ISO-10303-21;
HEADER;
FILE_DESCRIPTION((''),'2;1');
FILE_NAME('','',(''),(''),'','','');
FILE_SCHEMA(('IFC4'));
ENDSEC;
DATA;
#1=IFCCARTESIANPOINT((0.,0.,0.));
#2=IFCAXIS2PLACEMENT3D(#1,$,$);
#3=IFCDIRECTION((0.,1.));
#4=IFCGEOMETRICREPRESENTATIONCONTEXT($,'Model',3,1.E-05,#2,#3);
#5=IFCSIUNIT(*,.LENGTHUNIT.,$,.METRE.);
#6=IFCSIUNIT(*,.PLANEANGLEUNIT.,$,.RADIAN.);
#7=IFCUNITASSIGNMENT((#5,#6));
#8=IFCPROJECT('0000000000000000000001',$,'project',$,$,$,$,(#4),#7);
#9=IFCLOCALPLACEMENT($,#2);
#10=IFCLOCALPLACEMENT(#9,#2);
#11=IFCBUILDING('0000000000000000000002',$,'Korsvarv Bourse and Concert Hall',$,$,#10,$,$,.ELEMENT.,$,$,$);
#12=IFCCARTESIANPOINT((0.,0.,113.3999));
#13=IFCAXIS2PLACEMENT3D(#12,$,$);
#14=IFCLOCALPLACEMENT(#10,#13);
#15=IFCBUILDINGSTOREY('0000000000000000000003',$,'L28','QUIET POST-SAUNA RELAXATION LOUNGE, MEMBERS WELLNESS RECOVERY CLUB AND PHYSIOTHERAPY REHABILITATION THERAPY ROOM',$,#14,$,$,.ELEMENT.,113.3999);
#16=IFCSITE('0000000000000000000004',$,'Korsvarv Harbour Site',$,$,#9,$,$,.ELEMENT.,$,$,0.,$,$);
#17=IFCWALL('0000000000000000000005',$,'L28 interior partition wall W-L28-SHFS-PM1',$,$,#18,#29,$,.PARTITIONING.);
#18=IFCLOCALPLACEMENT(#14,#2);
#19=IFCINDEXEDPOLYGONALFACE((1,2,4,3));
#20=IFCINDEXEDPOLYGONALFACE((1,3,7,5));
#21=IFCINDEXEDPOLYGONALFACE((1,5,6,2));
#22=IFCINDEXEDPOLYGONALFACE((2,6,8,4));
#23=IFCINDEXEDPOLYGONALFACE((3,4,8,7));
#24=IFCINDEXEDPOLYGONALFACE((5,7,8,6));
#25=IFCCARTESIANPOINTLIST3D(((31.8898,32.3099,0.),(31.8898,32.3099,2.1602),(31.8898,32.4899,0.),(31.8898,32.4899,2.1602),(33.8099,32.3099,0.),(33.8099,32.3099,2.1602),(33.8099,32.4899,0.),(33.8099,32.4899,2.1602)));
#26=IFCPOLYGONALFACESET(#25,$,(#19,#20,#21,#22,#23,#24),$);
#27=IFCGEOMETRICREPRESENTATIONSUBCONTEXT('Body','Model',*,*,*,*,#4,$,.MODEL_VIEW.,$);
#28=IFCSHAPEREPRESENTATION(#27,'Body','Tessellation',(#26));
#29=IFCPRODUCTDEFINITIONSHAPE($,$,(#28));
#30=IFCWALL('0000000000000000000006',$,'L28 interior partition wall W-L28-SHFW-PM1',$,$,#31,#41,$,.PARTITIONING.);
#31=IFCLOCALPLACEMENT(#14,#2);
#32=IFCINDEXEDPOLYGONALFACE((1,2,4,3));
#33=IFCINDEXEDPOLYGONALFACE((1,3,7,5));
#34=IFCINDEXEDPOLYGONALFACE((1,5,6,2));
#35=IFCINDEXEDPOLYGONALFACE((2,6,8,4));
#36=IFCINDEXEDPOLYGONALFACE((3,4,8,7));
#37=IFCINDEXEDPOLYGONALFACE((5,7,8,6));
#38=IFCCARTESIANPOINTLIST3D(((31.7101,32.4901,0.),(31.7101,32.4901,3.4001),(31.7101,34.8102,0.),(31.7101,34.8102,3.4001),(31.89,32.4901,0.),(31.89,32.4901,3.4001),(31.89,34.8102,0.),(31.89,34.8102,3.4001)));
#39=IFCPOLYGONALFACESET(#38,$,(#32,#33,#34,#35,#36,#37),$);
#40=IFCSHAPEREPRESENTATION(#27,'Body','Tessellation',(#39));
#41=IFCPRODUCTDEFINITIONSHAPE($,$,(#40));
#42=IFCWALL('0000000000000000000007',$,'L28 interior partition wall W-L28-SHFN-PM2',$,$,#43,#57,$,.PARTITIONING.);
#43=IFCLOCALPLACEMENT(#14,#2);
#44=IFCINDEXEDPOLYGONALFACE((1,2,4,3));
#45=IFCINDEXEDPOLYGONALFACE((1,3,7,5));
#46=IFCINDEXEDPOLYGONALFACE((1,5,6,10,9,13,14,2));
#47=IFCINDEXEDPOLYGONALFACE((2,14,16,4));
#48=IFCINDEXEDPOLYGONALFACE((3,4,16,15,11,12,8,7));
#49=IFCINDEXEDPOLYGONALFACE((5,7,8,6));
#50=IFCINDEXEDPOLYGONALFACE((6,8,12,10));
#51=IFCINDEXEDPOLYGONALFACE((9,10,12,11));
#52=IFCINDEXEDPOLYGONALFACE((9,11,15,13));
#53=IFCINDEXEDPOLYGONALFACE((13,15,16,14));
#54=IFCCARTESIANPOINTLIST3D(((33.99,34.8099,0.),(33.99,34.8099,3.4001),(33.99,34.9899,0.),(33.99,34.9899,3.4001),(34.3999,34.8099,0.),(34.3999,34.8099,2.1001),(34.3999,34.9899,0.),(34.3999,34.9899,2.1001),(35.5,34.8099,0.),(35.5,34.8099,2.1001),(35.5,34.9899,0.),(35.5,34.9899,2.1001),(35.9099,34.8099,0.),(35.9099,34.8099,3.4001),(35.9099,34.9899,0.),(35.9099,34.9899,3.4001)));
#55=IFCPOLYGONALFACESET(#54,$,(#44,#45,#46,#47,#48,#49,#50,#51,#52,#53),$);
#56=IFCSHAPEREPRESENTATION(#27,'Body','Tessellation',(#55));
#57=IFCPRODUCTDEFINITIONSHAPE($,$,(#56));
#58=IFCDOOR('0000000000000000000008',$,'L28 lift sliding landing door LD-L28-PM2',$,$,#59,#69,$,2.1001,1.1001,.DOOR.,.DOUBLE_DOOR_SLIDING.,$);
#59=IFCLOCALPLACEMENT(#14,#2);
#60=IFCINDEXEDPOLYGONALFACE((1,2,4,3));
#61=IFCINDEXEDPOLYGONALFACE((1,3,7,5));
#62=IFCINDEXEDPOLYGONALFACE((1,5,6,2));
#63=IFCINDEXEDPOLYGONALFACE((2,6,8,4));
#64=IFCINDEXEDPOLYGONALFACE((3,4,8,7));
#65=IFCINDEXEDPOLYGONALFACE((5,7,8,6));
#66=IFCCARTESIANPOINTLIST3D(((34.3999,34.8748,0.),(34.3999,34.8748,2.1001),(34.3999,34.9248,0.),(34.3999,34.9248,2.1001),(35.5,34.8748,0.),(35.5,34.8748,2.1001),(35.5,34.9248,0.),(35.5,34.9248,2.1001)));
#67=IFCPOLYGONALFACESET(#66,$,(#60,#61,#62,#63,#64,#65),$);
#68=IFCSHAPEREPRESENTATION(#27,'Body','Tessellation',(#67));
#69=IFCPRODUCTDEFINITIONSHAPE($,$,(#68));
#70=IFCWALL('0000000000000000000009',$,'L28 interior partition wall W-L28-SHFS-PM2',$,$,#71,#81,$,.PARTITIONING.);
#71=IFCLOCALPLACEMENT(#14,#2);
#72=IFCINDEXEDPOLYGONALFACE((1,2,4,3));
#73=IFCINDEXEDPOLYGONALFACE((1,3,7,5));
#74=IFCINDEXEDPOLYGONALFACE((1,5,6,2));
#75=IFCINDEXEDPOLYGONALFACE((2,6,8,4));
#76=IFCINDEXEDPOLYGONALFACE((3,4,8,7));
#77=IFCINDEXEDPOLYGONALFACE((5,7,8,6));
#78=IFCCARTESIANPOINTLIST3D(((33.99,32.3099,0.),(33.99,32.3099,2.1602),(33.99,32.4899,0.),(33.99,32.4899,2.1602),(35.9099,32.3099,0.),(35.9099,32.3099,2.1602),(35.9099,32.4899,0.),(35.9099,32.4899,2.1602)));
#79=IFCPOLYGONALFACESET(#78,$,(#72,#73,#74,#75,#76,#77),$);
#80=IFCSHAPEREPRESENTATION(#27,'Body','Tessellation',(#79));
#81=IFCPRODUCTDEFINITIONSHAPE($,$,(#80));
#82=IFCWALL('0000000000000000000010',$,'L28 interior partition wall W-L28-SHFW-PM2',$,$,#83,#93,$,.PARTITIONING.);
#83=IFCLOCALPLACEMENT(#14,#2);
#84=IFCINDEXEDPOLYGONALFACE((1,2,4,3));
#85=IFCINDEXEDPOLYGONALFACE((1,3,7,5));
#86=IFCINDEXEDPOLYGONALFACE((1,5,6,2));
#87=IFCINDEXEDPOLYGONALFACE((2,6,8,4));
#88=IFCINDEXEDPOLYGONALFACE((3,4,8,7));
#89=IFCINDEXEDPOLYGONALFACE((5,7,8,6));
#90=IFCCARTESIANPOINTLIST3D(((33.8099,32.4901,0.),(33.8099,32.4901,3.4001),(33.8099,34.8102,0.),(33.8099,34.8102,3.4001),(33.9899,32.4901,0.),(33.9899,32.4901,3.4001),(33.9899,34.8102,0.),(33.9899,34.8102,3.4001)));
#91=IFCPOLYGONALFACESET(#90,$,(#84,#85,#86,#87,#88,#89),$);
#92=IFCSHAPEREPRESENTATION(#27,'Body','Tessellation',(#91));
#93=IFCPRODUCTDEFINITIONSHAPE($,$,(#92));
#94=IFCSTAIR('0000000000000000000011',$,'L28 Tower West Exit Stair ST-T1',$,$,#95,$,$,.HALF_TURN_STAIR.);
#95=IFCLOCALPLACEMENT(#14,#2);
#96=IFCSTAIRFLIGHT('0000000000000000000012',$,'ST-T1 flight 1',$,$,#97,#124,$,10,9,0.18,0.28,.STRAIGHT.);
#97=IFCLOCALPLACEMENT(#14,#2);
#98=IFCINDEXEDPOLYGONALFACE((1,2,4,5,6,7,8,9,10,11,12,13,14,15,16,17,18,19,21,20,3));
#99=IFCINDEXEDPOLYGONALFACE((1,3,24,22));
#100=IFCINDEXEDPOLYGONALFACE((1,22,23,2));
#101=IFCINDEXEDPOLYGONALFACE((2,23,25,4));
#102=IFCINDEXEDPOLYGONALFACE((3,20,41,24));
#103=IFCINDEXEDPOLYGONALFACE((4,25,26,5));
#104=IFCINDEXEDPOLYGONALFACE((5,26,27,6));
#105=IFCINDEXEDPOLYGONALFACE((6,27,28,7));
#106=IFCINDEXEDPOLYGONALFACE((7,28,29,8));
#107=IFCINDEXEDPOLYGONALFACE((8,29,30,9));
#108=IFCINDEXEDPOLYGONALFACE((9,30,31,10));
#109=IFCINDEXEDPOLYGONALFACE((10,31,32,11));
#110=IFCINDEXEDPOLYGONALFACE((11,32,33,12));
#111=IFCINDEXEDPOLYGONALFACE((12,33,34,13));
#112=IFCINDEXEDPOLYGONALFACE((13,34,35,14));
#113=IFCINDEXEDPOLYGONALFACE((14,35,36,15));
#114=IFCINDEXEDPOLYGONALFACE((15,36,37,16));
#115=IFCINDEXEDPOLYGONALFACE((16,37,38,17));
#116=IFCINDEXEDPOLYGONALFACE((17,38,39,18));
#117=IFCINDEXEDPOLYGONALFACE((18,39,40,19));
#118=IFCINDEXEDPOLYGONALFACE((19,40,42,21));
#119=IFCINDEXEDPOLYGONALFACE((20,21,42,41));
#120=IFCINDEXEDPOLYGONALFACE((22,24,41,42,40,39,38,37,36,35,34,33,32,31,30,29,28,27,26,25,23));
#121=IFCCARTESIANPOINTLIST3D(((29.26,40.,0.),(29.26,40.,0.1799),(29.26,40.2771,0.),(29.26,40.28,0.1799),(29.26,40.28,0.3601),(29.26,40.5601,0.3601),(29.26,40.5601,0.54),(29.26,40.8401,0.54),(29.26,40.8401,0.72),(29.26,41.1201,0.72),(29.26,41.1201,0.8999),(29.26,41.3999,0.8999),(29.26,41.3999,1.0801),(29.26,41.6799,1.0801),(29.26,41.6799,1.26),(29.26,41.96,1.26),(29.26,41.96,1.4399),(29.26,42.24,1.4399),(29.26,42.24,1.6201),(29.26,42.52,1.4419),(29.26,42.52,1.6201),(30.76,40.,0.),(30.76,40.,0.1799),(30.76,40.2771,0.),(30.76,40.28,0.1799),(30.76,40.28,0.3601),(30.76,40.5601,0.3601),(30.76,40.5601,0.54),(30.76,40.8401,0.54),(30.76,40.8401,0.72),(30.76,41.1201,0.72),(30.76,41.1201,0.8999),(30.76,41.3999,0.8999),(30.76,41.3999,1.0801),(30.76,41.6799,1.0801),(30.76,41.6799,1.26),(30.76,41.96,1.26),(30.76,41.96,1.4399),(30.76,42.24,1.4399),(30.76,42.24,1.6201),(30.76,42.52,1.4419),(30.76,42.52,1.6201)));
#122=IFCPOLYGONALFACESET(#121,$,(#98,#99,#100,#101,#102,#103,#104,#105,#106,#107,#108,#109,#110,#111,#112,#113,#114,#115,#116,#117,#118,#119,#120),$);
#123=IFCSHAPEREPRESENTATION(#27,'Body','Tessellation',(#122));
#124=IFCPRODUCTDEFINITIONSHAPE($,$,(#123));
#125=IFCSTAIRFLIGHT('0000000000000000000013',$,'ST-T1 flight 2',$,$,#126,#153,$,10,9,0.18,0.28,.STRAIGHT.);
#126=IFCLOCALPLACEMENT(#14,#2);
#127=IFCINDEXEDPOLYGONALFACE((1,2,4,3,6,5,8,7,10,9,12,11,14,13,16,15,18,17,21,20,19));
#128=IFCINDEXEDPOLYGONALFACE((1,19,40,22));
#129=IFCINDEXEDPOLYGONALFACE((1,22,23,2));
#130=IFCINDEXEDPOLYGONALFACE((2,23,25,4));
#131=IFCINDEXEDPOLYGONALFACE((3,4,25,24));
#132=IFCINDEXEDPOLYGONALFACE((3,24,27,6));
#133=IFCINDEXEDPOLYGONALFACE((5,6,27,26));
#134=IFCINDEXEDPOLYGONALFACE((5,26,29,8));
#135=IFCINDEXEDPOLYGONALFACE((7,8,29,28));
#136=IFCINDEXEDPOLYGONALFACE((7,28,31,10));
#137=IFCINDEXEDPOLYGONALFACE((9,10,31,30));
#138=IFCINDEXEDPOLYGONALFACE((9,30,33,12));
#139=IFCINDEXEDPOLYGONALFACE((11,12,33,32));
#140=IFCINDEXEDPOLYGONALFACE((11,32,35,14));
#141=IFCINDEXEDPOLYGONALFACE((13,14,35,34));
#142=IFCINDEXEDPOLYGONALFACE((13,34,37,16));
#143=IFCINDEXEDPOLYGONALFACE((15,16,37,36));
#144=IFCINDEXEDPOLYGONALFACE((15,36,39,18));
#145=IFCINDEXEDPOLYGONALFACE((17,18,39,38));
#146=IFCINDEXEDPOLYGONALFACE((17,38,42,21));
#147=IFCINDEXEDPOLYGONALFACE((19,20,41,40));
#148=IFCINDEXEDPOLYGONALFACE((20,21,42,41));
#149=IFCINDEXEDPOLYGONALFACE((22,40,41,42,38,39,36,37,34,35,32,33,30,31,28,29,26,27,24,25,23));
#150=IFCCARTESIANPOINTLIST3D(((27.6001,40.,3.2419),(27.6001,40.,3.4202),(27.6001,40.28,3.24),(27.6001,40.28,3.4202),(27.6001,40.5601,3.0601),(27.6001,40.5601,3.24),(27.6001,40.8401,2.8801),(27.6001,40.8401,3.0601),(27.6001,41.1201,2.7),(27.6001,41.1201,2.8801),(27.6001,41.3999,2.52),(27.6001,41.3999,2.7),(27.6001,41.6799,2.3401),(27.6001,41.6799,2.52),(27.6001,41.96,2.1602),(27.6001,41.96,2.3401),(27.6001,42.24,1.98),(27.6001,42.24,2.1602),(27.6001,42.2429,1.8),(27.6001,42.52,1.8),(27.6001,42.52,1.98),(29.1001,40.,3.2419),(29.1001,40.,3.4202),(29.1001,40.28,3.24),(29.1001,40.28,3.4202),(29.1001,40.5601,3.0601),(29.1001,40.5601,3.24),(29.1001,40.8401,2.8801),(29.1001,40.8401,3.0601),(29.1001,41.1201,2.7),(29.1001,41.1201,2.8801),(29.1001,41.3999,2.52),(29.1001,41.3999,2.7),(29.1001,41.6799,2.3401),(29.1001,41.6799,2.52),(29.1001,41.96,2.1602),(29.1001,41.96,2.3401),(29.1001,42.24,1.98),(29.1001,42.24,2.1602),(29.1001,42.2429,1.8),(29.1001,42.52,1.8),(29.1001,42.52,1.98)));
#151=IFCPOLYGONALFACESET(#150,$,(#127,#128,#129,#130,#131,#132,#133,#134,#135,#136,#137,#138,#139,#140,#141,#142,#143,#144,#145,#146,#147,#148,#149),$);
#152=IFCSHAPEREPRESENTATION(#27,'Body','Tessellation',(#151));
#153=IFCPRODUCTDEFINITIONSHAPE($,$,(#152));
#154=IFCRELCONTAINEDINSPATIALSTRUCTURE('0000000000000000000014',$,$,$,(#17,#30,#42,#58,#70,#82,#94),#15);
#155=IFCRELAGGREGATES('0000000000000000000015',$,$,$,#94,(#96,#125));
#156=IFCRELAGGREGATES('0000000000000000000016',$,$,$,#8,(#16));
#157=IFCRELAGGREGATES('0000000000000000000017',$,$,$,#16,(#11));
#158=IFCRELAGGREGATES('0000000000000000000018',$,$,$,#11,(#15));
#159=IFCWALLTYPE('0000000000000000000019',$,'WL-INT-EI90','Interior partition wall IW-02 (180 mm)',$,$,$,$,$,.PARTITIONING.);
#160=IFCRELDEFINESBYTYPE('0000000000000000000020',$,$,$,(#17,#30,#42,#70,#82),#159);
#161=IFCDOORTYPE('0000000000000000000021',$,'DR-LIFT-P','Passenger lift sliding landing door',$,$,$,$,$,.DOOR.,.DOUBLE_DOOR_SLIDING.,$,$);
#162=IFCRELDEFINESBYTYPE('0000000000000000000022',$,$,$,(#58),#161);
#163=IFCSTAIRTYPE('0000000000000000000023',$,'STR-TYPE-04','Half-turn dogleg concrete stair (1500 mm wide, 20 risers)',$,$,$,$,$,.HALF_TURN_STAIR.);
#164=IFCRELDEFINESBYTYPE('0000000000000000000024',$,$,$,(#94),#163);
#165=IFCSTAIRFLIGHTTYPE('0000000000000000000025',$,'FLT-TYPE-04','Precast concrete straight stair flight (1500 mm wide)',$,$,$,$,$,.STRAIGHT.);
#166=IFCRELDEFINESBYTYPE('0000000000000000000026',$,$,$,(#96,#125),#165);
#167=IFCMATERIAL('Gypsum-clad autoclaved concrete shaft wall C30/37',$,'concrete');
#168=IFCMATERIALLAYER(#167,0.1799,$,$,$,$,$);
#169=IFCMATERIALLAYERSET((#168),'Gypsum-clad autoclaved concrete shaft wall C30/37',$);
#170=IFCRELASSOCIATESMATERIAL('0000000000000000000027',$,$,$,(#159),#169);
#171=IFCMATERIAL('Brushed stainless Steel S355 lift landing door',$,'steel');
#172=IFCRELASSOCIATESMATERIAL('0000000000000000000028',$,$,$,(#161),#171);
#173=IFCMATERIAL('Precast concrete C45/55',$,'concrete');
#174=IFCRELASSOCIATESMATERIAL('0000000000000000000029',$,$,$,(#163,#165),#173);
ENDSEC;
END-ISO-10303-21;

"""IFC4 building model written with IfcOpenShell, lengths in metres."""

from ifc_helpers import new_model, si_unit, direction, frame, frame_2d, origin, place, context, subcontext, project, spatial, polyline, rectangle, outline, extrude, material, layer, layer_set, type_object, element, fill, aggregate, save


model = new_model("IFC4")

# Units and contexts
model_context = context("Model", 3, precision=1e-05, world=origin(), true_north=direction((0.0, 1.0)))
body_context = subcontext(model_context, "Body", "Model", "MODEL_VIEW")
ifc_project = project(units=[si_unit("LENGTHUNIT", "METRE"), si_unit("PLANEANGLEUNIT", "RADIAN")], contexts=[model_context])

# Site, building, storey
site_placement = place(None, origin())
site = spatial("IfcSite", under=ifc_project, at=site_placement, Name="Korsvarv Harbour Site", CompositionType="ELEMENT", RefElevation=0.0)
building_placement = place(site_placement, origin())
building = spatial("IfcBuilding", under=site, at=building_placement, Name="Korsvarv Bourse and Concert Hall", CompositionType="ELEMENT")
storey_placement = place(building_placement, frame((0.0, 0.0, 113.3999)))
storey = spatial("IfcBuildingStorey", under=building, at=storey_placement, Name="L28", Description="QUIET POST-SAUNA RELAXATION LOUNGE, MEMBERS WELLNESS RECOVERY CLUB AND PHYSIOTHERAPY REHABILITATION THERAPY ROOM", CompositionType="ELEMENT", Elevation=113.3999)

# Shared definitions
ifc_material_1 = material(Name="Gypsum-clad autoclaved concrete shaft wall C30/37", Category="concrete")
ifc_layer_1 = layer(ifc_material_1, 0.1799)
ifc_layer_set_1 = layer_set([ifc_layer_1], Name="Gypsum-clad autoclaved concrete shaft wall C30/37")
wall_type_1 = type_object("IfcWallType", Name="WL-INT-EI90", Description="Interior partition wall IW-02 (180 mm)", PredefinedType="PARTITIONING", material=ifc_layer_set_1)
ifc_material_2 = material(Name="Brushed stainless Steel S355 lift landing door", Category="steel")
door_type_1 = type_object("IfcDoorType", Name="DR-LIFT-P", Description="Passenger lift sliding landing door", OperationType="DOUBLE_DOOR_SLIDING", PredefinedType="DOOR", material=ifc_material_2)

# Walls
wall_1_placement = place(storey_placement, frame((31.8899, 32.3999, 0.0), z_axis=(0.0, 0.0, 1.0), x_axis=(1.0, 0.0, 0.0)))
element("IfcWall", 1, at=wall_1_placement, inside=storey, type_object=wall_type_1, Name="L28 interior partition wall W-L28-SHFS-PM1", PredefinedType="PARTITIONING", context=body_context, shape_type="SweptSolid", body=[
    extrude(rectangle(XDim=1.9202, YDim=0.1799, at=frame_2d((0.96, 0.0))), origin(), (0.0, 0.0, 1.0), 2.1602),
])
wall_2_placement = place(storey_placement, frame((31.8, 32.49, 0.0), z_axis=(0.0, 0.0, 1.0), x_axis=(0.0, 1.0, 0.0)))
element("IfcWall", 2, at=wall_2_placement, inside=storey, type_object=wall_type_1, Name="L28 interior partition wall W-L28-SHFW-PM1", PredefinedType="PARTITIONING", context=body_context, shape_type="SweptSolid", body=[
    extrude(rectangle(XDim=2.3201, YDim=0.1799, at=frame_2d((1.1602, 0.0))), origin(), (0.0, 0.0, 1.0), 3.4001),
])

# Wall, opening, door
wall_3_placement = place(storey_placement, frame((33.99, 34.8999, 0.0), z_axis=(0.0, 0.0, 1.0), x_axis=(1.0, 0.0, 0.0)))
wall_3 = element("IfcWall", 3, at=wall_3_placement, inside=storey, type_object=wall_type_1, Name="L28 interior partition wall W-L28-SHFN-PM2", PredefinedType="PARTITIONING", context=body_context, shape_type="SweptSolid", body=[
    extrude(rectangle(XDim=1.9199, YDim=0.1799, at=frame_2d((0.96, 0.0))), origin(), (0.0, 0.0, 1.0), 3.4001),
])
opening_1_placement = place(wall_3_placement, frame((0.4099, 0.0, 0.0)))
opening_1 = element("IfcOpeningElement", 4, at=opening_1_placement, cuts=wall_3, PredefinedType="OPENING", context=body_context, shape_type="SweptSolid", body=[
    extrude(rectangle(XDim=1.1001, YDim=2.1001, at=frame_2d((0.55, 1.05))), frame((0.0, 0.1001, 0.0), z_axis=(0.0, -1.0, 0.0), x_axis=(1.0, 0.0, 0.0)), (0.0, 0.0, 1.0), 0.2),
])
door_1_placement = place(opening_1_placement, origin())
door_1 = element("IfcDoor", 5, at=door_1_placement, inside=storey, type_object=door_type_1, Name="L28 lift sliding landing door LD-L28-PM2", OperationType="DOUBLE_DOOR_SLIDING", OverallHeight=2.1001, OverallWidth=1.1001, PredefinedType="DOOR", context=body_context, shape_type="SweptSolid", body=[
    extrude(rectangle(XDim=1.1001, YDim=2.1001, at=frame_2d((0.55, 1.05))), frame((0.0, 0.0249, 0.0), z_axis=(0.0, -1.0, 0.0), x_axis=(1.0, 0.0, 0.0)), (0.0, 0.0, 1.0), 0.05),
])
fill(opening_1, door_1)

# Walls
wall_4_placement = place(storey_placement, frame((33.99, 32.3999, 0.0), z_axis=(0.0, 0.0, 1.0), x_axis=(1.0, 0.0, 0.0)))
element("IfcWall", 6, at=wall_4_placement, inside=storey, type_object=wall_type_1, Name="L28 interior partition wall W-L28-SHFS-PM2", PredefinedType="PARTITIONING", context=body_context, shape_type="SweptSolid", body=[
    extrude(rectangle(XDim=1.9199, YDim=0.1799, at=frame_2d((0.96, 0.0))), origin(), (0.0, 0.0, 1.0), 2.1602),
])
wall_5_placement = place(storey_placement, frame((33.8999, 32.49, 0.0), z_axis=(0.0, 0.0, 1.0), x_axis=(0.0, 1.0, 0.0)))
element("IfcWall", 7, at=wall_5_placement, inside=storey, type_object=wall_type_1, Name="L28 interior partition wall W-L28-SHFW-PM2", PredefinedType="PARTITIONING", context=body_context, shape_type="SweptSolid", body=[
    extrude(rectangle(XDim=2.3201, YDim=0.1799, at=frame_2d((1.1602, 0.0))), origin(), (0.0, 0.0, 1.0), 3.4001),
])

# Stair, stair flights
ifc_material_3 = material(Name="Precast concrete C45/55", Category="concrete")
stair_type = type_object("IfcStairType", Name="STR-TYPE-04", Description="Half-turn dogleg concrete stair (1500 mm wide, 20 risers)", PredefinedType="HALF_TURN_STAIR", material=ifc_material_3)
stair_placement = place(storey_placement, origin())
stair = element("IfcStair", 8, at=stair_placement, inside=storey, type_object=stair_type, Name="L28 Tower West Exit Stair ST-T1", PredefinedType="HALF_TURN_STAIR")
stair_flight_type = type_object("IfcStairFlightType", Name="FLT-TYPE-04", Description="Precast concrete straight stair flight (1500 mm wide)", PredefinedType="STRAIGHT", material=ifc_material_3)
stair_flight_1_placement = place(storey_placement, frame((30.01, 40.0, 0.0), z_axis=(0.0, 0.0, 1.0), x_axis=(0.0, 1.0, 0.0)))
stair_flight_1 = element("IfcStairFlight", 9, at=stair_flight_1_placement, type_object=stair_flight_type, Name="ST-T1 flight 1", NumberOfRisers=10, NumberOfTreads=9, PredefinedType="STRAIGHT", RiserHeight=0.18, TreadLength=0.28, context=body_context, shape_type="SweptSolid", body=[
    extrude(outline(polyline([(0.0, 0.0), (0.0, 0.1799), (0.28, 0.1799), (0.28, 0.3601), (0.5601, 0.3601), (0.5601, 0.54), (0.8401, 0.54), (0.8401, 0.72), (1.1201, 0.72), (1.1201, 0.8999), (1.3999, 0.8999), (1.3999, 1.0801), (1.6799, 1.0801), (1.6799, 1.26), (1.96, 1.26), (1.96, 1.4399), (2.24, 1.4399), (2.24, 1.6201), (2.52, 1.6201), (2.52, 1.8), (2.52, 1.4419), (0.2771, 0.0), (0.0, 0.0)])), frame((0.0, 0.75, 0.0), z_axis=(0.0, -1.0, 0.0), x_axis=(1.0, 0.0, 0.0)), (0.0, 0.0, 1.0), 1.5),
])
stair_flight_2_placement = place(storey_placement, frame((28.3501, 42.52, 1.8), z_axis=(0.0, 0.0, 1.0), x_axis=(0.0, -1.0, 0.0)))
stair_flight_2 = element("IfcStairFlight", 10, at=stair_flight_2_placement, type_object=stair_flight_type, Name="ST-T1 flight 2", NumberOfRisers=10, NumberOfTreads=9, PredefinedType="STRAIGHT", RiserHeight=0.18, TreadLength=0.28, context=body_context, shape_type="SweptSolid", body=[
    extrude(outline(polyline([(0.0, 0.0), (0.0, 0.1799), (0.28, 0.1799), (0.28, 0.3601), (0.5601, 0.3601), (0.5601, 0.54), (0.8401, 0.54), (0.8401, 0.72), (1.1201, 0.72), (1.1201, 0.8999), (1.3999, 0.8999), (1.3999, 1.0801), (1.6799, 1.0801), (1.6799, 1.26), (1.96, 1.26), (1.96, 1.4399), (2.24, 1.4399), (2.24, 1.6201), (2.52, 1.6201), (2.52, 1.8), (2.52, 1.4419), (0.2771, 0.0), (0.0, 0.0)])), frame((0.0, 0.75, 0.0), z_axis=(0.0, -1.0, 0.0), x_axis=(1.0, 0.0, 0.0)), (0.0, 0.0, 1.0), 1.5),
])
aggregate(stair, [stair_flight_1, stair_flight_2])

save(model, "model.ifc")
